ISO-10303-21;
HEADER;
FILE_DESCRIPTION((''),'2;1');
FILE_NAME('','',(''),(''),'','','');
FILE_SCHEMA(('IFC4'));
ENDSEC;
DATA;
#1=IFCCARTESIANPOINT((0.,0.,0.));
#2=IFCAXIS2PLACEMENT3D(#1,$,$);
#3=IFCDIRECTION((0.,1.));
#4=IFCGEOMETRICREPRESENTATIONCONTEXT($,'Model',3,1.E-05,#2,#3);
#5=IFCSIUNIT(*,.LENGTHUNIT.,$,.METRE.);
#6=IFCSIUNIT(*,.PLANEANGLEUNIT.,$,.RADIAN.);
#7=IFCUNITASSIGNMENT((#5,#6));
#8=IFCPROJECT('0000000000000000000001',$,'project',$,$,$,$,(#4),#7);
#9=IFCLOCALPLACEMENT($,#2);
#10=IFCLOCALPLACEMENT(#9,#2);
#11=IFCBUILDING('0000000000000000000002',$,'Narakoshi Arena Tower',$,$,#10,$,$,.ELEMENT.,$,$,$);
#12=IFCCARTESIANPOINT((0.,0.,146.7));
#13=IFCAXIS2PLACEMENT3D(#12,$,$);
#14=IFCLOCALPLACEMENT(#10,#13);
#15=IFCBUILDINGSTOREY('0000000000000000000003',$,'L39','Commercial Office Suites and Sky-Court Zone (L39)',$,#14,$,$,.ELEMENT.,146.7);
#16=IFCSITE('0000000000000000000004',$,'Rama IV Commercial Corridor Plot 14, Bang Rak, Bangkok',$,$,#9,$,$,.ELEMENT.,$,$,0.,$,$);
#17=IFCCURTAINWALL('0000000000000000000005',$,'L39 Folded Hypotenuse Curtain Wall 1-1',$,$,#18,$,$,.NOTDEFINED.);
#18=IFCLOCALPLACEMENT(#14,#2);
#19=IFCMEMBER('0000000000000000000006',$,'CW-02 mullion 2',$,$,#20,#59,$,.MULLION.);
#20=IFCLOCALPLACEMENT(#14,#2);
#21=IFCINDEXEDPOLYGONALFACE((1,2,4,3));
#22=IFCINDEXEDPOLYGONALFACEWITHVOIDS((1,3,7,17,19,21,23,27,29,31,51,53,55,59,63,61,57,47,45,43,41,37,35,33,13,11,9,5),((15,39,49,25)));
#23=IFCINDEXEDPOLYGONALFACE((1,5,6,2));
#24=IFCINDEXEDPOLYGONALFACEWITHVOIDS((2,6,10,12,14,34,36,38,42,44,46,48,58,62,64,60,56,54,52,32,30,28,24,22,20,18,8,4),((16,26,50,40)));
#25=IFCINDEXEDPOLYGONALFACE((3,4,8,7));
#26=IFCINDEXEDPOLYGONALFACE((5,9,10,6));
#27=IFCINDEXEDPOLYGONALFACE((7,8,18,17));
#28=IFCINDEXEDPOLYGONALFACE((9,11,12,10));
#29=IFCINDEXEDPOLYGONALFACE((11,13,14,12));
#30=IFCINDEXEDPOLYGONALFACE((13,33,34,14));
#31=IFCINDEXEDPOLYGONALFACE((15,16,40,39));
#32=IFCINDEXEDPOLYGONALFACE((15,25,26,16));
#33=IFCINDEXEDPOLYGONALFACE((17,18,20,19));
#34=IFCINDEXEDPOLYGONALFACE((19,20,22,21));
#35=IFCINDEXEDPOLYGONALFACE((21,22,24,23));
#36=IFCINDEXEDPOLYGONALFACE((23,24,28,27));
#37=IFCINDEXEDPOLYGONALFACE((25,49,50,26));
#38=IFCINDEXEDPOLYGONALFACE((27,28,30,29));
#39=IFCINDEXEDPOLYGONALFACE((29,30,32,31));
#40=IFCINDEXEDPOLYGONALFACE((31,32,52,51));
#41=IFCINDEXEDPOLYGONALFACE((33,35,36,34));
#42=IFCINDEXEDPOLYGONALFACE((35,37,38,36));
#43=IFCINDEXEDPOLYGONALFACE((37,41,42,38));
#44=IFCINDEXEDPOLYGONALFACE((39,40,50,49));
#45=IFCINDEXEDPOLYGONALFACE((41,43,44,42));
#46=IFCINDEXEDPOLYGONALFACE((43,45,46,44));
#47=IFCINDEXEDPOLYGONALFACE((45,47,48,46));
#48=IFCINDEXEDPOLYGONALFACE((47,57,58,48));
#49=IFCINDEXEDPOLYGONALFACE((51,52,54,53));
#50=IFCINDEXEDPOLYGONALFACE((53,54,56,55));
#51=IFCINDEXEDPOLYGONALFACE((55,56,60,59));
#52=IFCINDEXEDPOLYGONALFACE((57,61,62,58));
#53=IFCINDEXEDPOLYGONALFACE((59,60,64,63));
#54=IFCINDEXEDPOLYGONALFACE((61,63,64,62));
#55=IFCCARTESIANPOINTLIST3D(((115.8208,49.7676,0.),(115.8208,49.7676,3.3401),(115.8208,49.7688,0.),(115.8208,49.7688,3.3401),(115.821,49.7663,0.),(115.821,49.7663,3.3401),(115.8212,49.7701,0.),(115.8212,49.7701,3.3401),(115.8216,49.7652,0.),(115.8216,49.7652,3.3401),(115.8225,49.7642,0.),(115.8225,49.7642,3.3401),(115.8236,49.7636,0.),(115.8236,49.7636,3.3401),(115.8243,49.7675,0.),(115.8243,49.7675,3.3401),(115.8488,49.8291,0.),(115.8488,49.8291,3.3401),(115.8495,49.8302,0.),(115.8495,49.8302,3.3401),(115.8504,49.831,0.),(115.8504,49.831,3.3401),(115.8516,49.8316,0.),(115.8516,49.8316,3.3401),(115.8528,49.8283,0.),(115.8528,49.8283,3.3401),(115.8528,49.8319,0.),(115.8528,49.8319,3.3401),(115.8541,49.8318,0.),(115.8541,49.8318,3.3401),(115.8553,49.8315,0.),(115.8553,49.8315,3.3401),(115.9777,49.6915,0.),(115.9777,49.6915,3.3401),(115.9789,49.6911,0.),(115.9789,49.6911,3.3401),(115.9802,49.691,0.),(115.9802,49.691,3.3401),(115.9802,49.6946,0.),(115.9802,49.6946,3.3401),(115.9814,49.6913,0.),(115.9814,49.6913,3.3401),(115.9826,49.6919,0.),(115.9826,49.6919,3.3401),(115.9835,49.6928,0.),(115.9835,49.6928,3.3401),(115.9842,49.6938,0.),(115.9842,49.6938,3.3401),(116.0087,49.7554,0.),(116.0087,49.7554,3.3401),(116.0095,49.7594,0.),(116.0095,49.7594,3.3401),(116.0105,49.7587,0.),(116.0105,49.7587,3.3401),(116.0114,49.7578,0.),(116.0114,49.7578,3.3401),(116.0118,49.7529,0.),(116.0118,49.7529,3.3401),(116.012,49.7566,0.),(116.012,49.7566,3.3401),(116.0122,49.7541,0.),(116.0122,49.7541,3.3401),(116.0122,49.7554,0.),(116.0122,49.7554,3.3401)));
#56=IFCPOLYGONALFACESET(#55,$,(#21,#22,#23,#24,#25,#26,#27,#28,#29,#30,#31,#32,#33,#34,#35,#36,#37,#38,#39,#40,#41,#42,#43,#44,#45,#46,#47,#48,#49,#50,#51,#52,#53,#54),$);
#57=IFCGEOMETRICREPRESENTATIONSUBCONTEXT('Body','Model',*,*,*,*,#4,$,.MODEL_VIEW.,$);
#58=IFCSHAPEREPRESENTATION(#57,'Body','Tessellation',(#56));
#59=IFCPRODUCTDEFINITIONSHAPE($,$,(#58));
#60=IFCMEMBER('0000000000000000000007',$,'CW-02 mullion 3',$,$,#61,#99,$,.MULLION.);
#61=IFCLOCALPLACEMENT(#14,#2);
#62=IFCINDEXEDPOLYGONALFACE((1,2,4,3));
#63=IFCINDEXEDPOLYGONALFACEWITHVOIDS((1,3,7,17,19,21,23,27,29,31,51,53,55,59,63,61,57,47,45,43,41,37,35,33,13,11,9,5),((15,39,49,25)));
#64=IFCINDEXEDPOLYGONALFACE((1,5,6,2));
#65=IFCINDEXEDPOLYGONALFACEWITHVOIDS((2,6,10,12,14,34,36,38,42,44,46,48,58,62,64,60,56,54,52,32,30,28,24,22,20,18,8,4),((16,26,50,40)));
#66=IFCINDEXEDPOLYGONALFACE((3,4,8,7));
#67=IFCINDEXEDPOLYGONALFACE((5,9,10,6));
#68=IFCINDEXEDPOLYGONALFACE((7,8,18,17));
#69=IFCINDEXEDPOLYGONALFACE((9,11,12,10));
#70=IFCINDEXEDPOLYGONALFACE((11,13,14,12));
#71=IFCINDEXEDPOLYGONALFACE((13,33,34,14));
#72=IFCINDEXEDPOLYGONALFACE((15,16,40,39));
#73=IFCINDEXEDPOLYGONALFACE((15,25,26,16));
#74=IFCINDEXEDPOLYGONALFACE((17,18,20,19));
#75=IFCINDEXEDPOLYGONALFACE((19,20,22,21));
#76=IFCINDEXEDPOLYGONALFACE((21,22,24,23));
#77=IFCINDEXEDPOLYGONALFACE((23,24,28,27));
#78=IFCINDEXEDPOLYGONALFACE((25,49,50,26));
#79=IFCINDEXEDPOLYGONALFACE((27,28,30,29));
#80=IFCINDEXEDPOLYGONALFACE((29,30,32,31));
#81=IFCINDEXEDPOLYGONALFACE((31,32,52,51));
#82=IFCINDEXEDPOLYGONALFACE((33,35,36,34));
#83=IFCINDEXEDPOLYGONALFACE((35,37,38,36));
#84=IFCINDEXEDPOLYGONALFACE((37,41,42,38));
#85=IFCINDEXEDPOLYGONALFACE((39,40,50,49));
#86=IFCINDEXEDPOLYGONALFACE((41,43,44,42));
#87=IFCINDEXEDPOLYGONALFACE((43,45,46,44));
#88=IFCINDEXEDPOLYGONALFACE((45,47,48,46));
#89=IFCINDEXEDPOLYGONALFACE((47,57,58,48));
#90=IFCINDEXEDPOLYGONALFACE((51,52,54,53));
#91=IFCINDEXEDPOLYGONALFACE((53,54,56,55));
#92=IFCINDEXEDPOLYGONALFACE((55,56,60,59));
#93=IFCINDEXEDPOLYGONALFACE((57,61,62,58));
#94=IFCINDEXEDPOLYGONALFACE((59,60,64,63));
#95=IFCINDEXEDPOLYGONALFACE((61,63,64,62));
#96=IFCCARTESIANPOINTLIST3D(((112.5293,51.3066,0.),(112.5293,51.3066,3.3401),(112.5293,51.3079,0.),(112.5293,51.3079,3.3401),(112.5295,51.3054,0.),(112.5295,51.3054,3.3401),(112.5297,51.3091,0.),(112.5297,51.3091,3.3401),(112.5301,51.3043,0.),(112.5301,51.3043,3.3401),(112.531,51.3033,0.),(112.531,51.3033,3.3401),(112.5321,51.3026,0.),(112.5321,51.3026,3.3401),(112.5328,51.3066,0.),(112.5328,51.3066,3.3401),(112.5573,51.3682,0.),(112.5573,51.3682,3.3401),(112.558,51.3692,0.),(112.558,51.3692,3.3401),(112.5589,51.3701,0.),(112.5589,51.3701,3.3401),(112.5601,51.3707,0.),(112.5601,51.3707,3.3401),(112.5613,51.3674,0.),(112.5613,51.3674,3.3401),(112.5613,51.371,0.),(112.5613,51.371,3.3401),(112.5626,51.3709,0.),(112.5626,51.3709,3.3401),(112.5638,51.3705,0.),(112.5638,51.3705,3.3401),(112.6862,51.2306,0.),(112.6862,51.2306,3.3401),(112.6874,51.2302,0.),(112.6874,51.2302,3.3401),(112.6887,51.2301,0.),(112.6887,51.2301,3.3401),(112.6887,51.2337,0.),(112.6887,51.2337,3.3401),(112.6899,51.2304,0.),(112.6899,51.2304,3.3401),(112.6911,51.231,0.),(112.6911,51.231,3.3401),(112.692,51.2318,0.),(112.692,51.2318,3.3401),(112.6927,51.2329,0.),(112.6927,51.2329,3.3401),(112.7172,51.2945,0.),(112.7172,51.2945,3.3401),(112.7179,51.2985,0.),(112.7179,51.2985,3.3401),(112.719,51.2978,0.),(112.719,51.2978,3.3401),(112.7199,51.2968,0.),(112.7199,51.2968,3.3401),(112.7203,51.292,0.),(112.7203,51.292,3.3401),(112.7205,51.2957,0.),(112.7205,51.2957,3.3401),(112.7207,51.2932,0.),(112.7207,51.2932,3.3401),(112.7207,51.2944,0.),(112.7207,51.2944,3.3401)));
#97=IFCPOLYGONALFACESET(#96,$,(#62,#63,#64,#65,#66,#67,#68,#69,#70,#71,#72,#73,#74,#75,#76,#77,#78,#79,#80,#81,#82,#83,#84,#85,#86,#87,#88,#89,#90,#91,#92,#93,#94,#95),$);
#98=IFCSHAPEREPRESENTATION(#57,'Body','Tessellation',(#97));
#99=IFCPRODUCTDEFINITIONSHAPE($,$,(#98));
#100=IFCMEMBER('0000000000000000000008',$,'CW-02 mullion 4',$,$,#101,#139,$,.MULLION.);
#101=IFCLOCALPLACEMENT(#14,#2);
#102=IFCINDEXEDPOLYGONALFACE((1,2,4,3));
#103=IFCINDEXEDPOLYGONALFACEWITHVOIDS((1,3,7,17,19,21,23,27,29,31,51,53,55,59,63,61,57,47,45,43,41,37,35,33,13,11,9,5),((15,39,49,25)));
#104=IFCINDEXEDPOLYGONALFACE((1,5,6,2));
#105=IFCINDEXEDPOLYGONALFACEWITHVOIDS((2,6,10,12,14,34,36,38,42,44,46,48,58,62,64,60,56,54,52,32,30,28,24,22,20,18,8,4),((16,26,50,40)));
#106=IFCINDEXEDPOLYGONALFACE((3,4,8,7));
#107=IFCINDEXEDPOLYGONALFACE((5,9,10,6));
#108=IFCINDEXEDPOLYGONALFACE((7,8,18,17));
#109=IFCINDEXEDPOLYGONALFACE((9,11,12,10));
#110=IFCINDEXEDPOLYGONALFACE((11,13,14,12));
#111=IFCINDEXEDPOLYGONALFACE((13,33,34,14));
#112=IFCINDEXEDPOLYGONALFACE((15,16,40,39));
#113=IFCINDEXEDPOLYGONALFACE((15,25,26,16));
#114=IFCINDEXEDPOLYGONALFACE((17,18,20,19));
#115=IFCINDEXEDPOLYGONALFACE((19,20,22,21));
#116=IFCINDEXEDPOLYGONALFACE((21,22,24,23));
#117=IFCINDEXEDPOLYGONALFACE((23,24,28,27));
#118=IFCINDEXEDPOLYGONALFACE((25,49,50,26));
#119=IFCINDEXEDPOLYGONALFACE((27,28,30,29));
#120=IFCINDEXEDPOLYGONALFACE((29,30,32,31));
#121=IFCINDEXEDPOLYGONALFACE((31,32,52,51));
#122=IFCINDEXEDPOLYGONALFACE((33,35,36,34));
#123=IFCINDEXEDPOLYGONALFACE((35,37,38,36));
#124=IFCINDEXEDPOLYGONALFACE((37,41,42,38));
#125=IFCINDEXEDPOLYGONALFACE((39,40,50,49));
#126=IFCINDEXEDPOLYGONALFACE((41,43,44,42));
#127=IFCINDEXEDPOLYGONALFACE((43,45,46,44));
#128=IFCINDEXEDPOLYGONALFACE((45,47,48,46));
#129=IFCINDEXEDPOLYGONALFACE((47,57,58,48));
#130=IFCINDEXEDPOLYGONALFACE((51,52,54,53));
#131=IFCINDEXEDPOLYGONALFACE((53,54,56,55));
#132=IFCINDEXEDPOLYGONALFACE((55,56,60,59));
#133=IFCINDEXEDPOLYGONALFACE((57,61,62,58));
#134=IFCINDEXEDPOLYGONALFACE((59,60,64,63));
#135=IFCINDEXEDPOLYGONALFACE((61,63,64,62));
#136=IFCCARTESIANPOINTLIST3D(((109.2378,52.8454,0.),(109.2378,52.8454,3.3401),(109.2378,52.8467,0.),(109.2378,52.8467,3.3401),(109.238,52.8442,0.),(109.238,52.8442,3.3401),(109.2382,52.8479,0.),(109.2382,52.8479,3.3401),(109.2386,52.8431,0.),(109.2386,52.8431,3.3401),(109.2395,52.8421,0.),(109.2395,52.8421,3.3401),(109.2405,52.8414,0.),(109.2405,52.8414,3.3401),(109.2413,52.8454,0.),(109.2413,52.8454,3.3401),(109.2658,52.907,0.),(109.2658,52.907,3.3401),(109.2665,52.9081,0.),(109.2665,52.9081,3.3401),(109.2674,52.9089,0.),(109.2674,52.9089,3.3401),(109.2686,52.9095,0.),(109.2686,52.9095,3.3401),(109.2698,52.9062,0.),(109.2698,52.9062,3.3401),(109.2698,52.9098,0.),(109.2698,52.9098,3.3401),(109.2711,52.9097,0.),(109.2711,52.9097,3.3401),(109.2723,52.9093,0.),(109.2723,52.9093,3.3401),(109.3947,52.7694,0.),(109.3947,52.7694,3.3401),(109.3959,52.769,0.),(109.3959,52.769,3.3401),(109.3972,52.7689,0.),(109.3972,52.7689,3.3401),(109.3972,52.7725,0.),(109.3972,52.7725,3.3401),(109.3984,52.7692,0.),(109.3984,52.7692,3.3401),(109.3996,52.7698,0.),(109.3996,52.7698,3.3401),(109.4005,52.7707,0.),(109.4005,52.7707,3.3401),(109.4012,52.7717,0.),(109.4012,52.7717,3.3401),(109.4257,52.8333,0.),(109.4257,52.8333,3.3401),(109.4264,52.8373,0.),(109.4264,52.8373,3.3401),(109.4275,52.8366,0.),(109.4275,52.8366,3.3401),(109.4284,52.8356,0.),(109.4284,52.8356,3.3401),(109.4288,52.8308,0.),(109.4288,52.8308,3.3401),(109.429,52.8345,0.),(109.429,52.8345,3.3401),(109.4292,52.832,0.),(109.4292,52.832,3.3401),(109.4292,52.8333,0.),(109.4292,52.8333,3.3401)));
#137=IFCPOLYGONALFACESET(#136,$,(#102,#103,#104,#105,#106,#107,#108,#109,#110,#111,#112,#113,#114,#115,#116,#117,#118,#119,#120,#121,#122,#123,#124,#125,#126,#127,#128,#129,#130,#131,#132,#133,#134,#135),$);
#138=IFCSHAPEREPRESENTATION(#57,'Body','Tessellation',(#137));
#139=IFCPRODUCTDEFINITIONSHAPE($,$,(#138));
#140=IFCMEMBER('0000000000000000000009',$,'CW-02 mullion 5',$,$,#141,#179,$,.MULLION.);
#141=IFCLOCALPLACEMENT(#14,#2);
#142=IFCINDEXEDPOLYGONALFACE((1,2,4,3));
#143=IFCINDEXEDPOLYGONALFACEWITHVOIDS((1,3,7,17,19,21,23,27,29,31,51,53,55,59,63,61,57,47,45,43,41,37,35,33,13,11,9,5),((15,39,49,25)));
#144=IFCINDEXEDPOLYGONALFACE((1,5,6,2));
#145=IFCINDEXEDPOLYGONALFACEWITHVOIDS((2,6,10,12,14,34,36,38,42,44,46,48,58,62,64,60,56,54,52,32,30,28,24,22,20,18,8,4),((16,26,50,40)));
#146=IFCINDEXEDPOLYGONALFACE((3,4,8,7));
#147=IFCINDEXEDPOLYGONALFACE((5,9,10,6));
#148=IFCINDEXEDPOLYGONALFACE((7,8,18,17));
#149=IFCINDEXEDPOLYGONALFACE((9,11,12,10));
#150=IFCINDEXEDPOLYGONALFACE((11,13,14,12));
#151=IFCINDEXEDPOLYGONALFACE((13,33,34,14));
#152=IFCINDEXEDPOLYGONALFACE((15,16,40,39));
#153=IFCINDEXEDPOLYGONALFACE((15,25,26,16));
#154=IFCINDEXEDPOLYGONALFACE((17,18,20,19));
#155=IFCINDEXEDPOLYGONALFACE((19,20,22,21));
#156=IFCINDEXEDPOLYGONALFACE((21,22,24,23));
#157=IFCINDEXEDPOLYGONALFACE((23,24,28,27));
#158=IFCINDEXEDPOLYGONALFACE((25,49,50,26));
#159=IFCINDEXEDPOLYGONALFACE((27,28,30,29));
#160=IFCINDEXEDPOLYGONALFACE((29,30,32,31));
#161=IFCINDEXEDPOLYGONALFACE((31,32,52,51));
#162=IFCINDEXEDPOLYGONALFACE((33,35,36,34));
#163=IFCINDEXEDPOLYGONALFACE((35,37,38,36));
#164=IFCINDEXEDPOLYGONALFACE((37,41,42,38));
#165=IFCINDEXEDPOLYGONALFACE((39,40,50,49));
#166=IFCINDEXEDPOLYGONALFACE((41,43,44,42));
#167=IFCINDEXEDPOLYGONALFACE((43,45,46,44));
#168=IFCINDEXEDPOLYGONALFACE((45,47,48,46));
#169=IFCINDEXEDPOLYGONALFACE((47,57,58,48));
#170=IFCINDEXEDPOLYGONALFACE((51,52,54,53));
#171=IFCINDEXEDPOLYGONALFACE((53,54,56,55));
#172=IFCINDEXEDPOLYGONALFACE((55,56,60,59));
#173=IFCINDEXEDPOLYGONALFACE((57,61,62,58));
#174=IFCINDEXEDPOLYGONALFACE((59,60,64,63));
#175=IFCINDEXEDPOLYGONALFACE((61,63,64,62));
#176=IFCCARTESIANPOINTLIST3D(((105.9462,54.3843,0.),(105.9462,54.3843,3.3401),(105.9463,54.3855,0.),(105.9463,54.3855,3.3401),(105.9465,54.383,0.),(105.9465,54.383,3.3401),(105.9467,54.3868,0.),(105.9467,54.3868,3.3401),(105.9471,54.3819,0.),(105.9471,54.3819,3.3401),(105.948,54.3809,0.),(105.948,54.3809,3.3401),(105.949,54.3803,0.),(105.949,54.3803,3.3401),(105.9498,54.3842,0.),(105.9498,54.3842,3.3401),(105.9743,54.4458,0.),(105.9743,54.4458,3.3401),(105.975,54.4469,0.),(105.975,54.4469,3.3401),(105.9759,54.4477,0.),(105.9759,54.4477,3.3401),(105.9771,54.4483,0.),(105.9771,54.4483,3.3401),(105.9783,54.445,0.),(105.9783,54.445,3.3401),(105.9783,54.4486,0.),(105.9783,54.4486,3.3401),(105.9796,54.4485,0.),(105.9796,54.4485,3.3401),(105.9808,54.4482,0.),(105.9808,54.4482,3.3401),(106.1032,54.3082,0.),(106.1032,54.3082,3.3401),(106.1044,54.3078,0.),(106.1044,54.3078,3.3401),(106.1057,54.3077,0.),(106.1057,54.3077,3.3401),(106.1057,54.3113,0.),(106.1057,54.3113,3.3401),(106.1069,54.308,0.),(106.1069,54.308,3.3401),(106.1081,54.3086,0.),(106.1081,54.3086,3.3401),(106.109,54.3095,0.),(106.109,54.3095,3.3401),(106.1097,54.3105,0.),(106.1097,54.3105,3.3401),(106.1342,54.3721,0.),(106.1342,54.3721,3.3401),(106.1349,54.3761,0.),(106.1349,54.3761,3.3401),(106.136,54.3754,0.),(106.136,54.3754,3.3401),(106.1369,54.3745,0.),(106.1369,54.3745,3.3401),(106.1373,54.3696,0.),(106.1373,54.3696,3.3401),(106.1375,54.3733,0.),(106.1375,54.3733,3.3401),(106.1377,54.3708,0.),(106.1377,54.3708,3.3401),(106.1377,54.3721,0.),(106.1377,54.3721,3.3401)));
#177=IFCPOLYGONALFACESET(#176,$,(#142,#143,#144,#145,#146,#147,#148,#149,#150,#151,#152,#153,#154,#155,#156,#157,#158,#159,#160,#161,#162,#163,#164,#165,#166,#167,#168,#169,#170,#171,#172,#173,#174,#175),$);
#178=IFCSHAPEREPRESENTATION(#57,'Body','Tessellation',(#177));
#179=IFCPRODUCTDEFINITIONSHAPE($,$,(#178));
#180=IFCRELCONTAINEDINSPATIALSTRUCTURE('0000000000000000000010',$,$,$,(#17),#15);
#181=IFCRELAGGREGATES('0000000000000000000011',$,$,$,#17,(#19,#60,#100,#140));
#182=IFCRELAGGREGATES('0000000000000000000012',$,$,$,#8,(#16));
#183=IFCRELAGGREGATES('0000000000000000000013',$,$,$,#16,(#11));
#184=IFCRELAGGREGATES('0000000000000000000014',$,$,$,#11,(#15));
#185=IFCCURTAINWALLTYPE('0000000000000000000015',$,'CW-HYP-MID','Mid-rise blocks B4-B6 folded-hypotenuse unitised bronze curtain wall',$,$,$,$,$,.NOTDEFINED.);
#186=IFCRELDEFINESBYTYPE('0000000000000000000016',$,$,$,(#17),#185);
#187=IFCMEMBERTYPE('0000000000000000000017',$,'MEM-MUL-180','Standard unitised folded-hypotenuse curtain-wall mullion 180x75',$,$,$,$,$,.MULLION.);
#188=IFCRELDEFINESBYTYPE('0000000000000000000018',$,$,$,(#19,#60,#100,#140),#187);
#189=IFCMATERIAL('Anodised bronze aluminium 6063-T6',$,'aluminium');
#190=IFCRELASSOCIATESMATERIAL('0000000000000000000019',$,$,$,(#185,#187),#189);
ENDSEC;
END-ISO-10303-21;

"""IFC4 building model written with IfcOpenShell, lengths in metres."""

from ifc_helpers import new_model, si_unit, direction, frame, origin, origin_2d, place, context, subcontext, project, spatial, hollow_rectangle, extrude, material, material_profile, profile_set, type_object, element, aggregate, save


model = new_model("IFC4")

# Units and contexts
model_context = context("Model", 3, precision=1e-05, world=origin(), true_north=direction((0.0, 1.0)))
body_context = subcontext(model_context, "Body", "Model", "MODEL_VIEW")
ifc_project = project(units=[si_unit("LENGTHUNIT", "METRE"), si_unit("PLANEANGLEUNIT", "RADIAN")], contexts=[model_context])

# Site, building, storey
site_placement = place(None, origin())
site = spatial("IfcSite", under=ifc_project, at=site_placement, Name="Rama IV Commercial Corridor Plot 14, Bang Rak, Bangkok", CompositionType="ELEMENT", RefElevation=0.0)
building_placement = place(site_placement, origin())
building = spatial("IfcBuilding", under=site, at=building_placement, Name="Narakoshi Arena Tower", CompositionType="ELEMENT")
storey_placement = place(building_placement, frame((0.0, 0.0, 146.7)))
storey = spatial("IfcBuildingStorey", under=building, at=storey_placement, Name="L39", Description="Commercial Office Suites and Sky-Court Zone (L39)", CompositionType="ELEMENT", Elevation=146.7)

# Curtain wall, members
ifc_material_1 = material(Name="Anodised bronze aluminium 6063-T6", Category="aluminium")
curtain_wall_type = type_object("IfcCurtainWallType", Name="CW-HYP-MID", Description="Mid-rise blocks B4-B6 folded-hypotenuse unitised bronze curtain wall", PredefinedType="NOTDEFINED", material=ifc_material_1)
curtain_wall_placement = place(storey_placement, origin())
curtain_wall = element("IfcCurtainWall", 1, at=curtain_wall_placement, inside=storey, type_object=curtain_wall_type, Name="L39 Folded Hypotenuse Curtain Wall 1-1", PredefinedType="NOTDEFINED")
ifc_material_profile_1 = material_profile(ifc_material_1, hollow_rectangle(XDim=0.075, YDim=0.1799, WallThickness=0.0039, OuterFilletRadius=0.0049, at=origin_2d()), Name="MUL180x75x4")
ifc_profile_set_1 = profile_set([ifc_material_profile_1], Name="Anodised bronze aluminium 6063-T6")
member_type_1 = type_object("IfcMemberType", Name="MEM-MUL-180", Description="Standard unitised folded-hypotenuse curtain-wall mullion 180x75", PredefinedType="MULLION", material=ifc_profile_set_1)
member_1_placement = place(storey_placement, frame((115.9165, 49.7615, 0.0), z_axis=(0.0, 0.0, 1.0), x_axis=(-0.423532, -0.905881, 0.0)))
member_1 = element("IfcMember", 2, at=member_1_placement, type_object=member_type_1, Name="CW-02 mullion 2", PredefinedType="MULLION", context=body_context, shape_type="SweptSolid", body=[
    extrude(hollow_rectangle(XDim=0.075, YDim=0.1799, WallThickness=0.0039, OuterFilletRadius=0.0049, at=origin_2d()), origin(), (0.0, 0.0, 1.0), 3.3401),
])
member_2_placement = place(storey_placement, frame((112.625, 51.3005, 0.0), z_axis=(0.0, 0.0, 1.0), x_axis=(-0.423532, -0.905881, 0.0)))
member_2 = element("IfcMember", 3, at=member_2_placement, type_object=member_type_1, Name="CW-02 mullion 3", PredefinedType="MULLION", context=body_context, shape_type="SweptSolid", body=[
    extrude(hollow_rectangle(XDim=0.075, YDim=0.1799, WallThickness=0.0039, OuterFilletRadius=0.0049, at=origin_2d()), origin(), (0.0, 0.0, 1.0), 3.3401),
])
member_3_placement = place(storey_placement, frame((109.3335, 52.8394, 0.0), z_axis=(0.0, 0.0, 1.0), x_axis=(-0.423532, -0.905881, 0.0)))
member_3 = element("IfcMember", 4, at=member_3_placement, type_object=member_type_1, Name="CW-02 mullion 4", PredefinedType="MULLION", context=body_context, shape_type="SweptSolid", body=[
    extrude(hollow_rectangle(XDim=0.075, YDim=0.1799, WallThickness=0.0039, OuterFilletRadius=0.0049, at=origin_2d()), origin(), (0.0, 0.0, 1.0), 3.3401),
])
member_4_placement = place(storey_placement, frame((106.042, 54.3782, 0.0), z_axis=(0.0, 0.0, 1.0), x_axis=(-0.423532, -0.905881, 0.0)))
member_4 = element("IfcMember", 5, at=member_4_placement, type_object=member_type_1, Name="CW-02 mullion 5", PredefinedType="MULLION", context=body_context, shape_type="SweptSolid", body=[
    extrude(hollow_rectangle(XDim=0.075, YDim=0.1799, WallThickness=0.0039, OuterFilletRadius=0.0049, at=origin_2d()), origin(), (0.0, 0.0, 1.0), 3.3401),
])
aggregate(curtain_wall, [member_1, member_2, member_3, member_4])

save(model, "model.ifc")
